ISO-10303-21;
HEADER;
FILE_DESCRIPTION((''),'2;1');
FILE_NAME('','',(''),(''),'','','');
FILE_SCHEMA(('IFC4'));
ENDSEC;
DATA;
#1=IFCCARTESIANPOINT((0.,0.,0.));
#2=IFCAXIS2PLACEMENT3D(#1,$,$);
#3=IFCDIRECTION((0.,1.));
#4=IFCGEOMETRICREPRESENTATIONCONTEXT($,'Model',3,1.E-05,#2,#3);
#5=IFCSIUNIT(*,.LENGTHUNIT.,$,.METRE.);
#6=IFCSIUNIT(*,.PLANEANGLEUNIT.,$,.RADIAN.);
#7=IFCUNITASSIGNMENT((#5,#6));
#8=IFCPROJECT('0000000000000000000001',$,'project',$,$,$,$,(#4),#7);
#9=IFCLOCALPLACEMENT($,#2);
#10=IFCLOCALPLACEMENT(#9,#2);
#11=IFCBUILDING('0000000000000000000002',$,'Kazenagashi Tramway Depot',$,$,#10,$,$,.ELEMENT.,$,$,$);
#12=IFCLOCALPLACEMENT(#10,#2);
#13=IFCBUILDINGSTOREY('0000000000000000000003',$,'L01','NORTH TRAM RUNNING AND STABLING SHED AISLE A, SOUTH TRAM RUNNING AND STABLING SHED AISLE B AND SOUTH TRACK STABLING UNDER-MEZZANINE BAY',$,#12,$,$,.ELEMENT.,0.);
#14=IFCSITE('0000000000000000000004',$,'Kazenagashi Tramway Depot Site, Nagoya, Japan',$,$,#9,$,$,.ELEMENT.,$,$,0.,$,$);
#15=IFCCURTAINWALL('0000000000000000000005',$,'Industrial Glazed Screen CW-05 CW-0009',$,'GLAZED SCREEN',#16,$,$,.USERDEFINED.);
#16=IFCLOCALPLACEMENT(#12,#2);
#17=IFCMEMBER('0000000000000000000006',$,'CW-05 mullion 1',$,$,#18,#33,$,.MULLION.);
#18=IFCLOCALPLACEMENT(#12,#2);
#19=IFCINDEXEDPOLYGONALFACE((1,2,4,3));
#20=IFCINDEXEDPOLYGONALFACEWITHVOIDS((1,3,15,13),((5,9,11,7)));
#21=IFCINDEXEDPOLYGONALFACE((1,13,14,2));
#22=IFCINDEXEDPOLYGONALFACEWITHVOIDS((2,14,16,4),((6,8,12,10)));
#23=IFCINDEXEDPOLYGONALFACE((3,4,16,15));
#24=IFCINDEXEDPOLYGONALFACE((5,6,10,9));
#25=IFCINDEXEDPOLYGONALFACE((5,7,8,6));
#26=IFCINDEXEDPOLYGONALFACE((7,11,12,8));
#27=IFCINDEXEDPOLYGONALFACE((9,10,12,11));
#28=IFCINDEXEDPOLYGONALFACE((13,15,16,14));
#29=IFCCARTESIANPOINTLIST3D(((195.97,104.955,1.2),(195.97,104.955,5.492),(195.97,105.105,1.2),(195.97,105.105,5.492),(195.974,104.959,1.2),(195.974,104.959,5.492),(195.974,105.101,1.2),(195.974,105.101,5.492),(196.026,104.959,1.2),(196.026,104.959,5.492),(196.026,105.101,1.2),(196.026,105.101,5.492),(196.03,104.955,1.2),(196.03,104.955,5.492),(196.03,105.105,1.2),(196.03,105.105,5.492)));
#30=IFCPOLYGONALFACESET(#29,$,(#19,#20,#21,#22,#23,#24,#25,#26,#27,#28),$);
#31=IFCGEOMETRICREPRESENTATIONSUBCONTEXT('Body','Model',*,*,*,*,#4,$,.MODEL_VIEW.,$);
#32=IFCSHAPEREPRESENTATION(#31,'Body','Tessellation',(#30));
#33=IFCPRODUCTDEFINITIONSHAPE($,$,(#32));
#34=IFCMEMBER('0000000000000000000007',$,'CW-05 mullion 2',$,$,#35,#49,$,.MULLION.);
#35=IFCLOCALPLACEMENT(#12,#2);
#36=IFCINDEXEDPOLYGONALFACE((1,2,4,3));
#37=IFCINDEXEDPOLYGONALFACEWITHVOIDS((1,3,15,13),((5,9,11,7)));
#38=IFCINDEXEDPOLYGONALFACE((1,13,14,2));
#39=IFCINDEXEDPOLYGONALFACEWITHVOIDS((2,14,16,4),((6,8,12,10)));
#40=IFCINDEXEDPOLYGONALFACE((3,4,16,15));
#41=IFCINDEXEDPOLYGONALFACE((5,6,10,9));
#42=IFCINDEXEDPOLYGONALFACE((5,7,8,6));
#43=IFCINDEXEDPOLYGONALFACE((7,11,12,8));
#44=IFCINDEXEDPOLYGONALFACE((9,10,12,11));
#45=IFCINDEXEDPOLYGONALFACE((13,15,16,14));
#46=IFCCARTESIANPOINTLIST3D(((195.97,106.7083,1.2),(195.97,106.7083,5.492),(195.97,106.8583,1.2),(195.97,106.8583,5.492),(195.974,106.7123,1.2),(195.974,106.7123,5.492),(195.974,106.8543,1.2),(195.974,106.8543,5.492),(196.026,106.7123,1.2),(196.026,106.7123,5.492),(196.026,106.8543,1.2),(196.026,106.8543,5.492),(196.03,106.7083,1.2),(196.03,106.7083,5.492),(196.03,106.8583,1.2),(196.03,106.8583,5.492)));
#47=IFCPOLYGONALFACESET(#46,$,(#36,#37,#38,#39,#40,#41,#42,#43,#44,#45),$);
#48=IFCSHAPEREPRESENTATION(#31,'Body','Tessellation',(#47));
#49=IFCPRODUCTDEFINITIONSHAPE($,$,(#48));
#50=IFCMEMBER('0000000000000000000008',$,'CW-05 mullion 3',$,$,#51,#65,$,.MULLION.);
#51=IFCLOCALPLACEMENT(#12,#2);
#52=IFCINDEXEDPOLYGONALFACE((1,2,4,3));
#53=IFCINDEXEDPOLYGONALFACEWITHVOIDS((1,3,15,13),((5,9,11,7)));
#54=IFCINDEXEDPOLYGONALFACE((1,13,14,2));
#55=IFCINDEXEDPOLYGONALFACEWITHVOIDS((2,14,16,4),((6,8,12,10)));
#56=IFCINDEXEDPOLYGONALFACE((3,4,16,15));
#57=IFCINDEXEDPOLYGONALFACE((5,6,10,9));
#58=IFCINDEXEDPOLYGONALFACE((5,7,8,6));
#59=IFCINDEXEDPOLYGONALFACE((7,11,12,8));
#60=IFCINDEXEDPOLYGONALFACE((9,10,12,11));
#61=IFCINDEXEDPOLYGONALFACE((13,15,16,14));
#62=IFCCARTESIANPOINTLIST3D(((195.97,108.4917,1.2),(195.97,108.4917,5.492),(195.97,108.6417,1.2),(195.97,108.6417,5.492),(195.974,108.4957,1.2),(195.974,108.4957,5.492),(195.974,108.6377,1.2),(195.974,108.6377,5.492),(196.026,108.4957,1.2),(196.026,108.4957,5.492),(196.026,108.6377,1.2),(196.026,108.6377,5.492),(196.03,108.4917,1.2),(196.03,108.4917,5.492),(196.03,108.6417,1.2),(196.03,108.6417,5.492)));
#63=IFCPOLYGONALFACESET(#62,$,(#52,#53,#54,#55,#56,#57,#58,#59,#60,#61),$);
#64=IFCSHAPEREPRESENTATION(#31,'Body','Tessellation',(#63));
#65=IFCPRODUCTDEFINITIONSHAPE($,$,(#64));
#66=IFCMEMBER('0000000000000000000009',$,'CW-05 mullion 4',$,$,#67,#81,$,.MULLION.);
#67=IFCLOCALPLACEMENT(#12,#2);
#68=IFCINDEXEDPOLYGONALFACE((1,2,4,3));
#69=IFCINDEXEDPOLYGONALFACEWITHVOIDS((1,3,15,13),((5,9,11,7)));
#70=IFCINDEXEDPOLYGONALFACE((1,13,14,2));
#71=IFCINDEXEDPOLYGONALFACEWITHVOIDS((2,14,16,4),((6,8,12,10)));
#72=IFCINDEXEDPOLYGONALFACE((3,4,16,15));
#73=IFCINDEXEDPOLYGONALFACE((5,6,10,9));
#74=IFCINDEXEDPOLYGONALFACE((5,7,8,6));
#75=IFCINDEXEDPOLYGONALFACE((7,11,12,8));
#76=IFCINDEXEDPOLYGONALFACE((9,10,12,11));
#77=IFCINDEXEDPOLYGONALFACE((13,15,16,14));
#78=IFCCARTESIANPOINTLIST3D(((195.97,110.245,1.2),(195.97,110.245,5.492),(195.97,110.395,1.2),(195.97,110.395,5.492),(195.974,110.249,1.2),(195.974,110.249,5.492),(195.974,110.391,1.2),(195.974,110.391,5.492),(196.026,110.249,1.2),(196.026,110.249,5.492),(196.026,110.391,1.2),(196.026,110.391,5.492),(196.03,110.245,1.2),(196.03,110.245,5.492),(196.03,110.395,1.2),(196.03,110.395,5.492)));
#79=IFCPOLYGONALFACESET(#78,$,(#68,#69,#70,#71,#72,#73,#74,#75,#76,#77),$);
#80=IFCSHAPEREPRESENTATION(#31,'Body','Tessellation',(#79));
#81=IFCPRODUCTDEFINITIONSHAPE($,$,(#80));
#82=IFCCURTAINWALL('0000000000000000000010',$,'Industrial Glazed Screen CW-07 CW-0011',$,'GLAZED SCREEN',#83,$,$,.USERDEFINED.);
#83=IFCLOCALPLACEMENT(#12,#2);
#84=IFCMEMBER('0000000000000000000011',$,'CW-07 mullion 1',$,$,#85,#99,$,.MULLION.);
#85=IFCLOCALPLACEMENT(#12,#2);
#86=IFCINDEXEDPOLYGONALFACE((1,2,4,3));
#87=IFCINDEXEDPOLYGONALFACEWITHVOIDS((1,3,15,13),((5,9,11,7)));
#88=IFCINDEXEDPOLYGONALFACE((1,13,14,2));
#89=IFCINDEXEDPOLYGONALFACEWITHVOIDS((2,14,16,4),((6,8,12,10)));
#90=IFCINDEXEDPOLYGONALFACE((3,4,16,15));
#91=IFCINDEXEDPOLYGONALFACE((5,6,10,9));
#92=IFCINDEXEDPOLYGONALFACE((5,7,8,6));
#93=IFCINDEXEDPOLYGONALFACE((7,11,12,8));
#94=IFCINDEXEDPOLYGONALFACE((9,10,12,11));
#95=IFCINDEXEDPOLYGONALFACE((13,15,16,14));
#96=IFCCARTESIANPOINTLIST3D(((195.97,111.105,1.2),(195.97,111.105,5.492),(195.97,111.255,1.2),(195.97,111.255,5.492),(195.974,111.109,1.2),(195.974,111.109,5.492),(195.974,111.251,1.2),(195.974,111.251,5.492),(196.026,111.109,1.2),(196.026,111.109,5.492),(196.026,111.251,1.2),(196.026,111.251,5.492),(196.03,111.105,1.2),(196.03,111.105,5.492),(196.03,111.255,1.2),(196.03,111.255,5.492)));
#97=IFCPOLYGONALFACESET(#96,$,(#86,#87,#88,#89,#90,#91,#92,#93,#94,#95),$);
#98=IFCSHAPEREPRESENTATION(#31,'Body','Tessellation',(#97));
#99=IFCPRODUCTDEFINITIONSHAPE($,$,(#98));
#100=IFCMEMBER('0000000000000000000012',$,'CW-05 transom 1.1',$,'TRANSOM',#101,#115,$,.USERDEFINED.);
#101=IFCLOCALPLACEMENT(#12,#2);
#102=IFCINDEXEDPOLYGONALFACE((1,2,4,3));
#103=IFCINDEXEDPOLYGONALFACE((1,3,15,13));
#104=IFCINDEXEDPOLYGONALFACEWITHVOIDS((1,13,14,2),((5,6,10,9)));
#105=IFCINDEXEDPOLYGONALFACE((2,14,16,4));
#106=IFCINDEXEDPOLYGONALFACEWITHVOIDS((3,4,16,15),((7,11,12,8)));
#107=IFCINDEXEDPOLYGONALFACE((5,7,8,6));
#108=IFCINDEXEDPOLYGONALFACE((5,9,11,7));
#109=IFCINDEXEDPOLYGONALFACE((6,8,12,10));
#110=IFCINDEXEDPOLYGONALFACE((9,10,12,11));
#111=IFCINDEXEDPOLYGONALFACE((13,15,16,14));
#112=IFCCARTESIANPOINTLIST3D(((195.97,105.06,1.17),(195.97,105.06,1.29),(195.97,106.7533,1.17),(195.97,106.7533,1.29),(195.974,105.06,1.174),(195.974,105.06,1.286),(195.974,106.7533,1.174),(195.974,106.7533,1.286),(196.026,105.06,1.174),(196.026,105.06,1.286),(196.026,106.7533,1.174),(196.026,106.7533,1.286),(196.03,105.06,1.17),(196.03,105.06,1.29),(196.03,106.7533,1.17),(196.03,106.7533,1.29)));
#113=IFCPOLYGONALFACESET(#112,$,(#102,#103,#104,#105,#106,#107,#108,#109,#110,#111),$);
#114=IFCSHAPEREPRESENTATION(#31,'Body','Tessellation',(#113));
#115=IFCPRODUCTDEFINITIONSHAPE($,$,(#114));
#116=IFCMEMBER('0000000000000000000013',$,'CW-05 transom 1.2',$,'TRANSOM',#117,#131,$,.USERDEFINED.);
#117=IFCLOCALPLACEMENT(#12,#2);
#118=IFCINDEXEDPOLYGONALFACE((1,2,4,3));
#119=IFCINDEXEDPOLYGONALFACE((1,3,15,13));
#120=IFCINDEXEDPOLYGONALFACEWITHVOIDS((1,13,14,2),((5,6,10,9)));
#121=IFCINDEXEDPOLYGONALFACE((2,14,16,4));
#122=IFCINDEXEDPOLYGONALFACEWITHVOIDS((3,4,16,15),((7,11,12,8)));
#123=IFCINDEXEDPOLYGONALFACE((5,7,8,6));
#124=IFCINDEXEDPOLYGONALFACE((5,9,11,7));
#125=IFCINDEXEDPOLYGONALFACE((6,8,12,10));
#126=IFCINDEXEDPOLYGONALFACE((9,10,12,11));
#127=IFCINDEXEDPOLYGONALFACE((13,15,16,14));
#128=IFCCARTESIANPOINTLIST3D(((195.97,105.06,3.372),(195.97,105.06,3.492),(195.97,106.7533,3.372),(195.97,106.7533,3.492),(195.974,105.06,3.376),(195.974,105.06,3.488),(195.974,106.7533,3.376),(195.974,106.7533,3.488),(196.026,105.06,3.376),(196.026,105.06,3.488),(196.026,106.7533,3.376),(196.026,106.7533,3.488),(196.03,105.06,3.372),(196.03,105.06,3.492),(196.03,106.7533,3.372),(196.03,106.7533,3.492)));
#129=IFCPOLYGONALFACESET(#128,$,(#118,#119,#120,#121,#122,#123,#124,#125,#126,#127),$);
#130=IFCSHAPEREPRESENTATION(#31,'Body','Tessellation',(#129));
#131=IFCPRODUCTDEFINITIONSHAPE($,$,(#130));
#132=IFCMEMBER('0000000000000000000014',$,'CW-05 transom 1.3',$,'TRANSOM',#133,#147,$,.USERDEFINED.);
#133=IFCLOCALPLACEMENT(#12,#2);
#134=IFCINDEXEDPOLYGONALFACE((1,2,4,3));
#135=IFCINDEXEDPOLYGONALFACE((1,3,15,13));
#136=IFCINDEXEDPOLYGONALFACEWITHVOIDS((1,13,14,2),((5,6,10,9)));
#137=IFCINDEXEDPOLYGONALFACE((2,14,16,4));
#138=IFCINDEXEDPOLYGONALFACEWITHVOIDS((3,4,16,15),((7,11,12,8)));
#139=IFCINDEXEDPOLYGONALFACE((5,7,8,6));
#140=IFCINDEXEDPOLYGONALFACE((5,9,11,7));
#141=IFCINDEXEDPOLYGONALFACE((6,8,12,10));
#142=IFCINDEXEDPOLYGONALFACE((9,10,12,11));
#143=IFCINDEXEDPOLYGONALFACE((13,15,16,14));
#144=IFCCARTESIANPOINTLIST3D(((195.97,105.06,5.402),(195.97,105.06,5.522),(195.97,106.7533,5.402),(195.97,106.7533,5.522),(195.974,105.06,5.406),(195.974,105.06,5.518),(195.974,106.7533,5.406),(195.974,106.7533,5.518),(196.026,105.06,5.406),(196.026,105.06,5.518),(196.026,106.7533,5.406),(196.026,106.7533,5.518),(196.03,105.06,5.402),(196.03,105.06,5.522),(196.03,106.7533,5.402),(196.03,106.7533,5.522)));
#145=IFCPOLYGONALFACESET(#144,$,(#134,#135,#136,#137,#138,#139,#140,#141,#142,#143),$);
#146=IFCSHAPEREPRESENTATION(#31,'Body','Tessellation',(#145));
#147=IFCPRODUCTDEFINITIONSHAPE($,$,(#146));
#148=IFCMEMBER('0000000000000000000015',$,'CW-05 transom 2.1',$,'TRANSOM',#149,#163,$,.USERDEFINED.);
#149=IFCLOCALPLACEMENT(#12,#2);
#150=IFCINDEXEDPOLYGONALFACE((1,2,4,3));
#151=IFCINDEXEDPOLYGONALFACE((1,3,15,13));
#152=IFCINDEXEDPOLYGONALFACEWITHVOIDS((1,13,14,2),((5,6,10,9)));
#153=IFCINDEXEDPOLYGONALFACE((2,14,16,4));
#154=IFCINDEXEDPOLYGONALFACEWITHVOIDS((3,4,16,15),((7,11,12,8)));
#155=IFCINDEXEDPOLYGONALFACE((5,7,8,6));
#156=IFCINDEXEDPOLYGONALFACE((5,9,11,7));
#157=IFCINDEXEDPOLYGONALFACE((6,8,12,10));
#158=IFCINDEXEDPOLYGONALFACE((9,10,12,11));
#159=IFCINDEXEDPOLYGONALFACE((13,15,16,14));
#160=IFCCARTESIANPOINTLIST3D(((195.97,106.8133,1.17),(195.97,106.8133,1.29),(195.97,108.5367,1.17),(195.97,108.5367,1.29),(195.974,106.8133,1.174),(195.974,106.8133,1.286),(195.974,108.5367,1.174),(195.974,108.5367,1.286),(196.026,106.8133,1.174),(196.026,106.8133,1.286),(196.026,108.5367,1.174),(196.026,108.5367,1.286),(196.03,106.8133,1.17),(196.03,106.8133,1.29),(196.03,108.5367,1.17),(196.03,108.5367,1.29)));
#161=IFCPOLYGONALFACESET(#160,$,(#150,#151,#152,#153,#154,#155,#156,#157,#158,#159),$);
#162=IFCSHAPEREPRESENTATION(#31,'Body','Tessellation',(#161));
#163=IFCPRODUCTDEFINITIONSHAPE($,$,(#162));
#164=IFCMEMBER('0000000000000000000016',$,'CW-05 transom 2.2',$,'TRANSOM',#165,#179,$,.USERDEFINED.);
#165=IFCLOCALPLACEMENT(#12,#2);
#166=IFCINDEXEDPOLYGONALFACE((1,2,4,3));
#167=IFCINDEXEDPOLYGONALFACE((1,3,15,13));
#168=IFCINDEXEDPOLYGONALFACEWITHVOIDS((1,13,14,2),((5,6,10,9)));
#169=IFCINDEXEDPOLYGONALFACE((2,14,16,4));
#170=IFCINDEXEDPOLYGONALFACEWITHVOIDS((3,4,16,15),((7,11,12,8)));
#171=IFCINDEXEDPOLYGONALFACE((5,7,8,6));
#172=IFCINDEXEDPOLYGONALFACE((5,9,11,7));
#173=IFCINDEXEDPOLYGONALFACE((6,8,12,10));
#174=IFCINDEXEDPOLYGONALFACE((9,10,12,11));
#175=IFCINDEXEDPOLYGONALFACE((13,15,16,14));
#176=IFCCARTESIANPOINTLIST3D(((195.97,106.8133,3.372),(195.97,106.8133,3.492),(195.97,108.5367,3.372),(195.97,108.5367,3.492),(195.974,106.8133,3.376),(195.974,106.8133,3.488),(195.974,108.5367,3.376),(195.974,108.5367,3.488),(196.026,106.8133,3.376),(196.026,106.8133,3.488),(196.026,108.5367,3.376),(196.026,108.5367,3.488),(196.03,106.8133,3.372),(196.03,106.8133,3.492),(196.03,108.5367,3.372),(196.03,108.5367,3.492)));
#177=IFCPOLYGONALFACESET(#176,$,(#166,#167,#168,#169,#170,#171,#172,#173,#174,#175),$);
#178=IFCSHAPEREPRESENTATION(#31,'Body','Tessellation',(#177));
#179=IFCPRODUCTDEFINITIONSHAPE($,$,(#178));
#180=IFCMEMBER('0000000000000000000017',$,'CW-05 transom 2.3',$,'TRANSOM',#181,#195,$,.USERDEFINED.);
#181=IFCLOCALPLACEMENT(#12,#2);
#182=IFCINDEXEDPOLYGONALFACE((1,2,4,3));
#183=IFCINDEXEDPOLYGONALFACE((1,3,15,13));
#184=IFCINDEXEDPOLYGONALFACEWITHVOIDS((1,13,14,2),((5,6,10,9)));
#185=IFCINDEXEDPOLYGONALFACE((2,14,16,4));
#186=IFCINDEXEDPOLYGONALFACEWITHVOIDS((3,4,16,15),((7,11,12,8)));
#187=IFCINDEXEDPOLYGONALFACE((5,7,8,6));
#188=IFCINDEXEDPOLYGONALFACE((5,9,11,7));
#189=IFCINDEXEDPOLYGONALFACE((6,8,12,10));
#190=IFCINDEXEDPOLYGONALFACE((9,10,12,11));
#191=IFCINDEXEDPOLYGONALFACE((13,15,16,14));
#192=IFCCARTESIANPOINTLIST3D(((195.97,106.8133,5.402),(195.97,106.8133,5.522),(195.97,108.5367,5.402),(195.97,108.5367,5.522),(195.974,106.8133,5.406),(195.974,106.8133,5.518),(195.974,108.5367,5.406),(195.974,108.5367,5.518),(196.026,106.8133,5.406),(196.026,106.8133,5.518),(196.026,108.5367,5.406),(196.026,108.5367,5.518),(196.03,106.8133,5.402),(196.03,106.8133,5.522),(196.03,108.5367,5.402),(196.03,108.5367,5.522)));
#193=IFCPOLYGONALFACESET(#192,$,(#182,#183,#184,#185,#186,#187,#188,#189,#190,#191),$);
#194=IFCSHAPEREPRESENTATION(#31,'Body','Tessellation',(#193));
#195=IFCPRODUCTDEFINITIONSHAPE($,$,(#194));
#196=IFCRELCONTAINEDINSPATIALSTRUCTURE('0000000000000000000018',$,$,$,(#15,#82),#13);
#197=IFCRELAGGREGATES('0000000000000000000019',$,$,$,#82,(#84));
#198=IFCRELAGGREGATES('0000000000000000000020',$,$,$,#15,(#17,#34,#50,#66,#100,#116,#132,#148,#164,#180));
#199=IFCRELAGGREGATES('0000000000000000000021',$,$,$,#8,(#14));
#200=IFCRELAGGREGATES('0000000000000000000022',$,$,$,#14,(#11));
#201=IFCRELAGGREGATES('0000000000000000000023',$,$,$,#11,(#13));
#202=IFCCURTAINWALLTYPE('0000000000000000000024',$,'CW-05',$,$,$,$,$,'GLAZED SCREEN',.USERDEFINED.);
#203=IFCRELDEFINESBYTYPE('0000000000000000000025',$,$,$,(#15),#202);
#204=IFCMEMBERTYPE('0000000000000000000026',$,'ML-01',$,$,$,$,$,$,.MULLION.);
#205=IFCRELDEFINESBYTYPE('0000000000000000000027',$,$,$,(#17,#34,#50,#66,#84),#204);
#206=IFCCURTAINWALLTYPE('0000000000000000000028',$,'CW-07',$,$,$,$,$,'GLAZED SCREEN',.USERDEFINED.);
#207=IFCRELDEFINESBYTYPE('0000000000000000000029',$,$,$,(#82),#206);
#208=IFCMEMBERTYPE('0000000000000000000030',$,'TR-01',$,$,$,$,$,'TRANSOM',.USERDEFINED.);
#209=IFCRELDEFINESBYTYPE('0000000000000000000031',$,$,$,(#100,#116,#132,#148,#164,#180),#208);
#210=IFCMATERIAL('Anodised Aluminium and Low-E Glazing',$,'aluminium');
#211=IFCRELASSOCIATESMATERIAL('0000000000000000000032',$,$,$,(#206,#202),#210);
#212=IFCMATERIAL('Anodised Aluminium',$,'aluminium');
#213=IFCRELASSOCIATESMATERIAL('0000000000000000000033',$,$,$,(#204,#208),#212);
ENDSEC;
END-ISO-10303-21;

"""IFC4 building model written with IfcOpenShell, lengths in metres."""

from ifc_helpers import new_model, si_unit, direction, frame, origin, origin_2d, place, context, subcontext, project, spatial, hollow_rectangle, extrude, material, material_profile, profile_set, type_object, element, aggregate, save


model = new_model("IFC4")

# Units and contexts
model_context = context("Model", 3, precision=1e-05, world=origin(), true_north=direction((0.0, 1.0)))
body_context = subcontext(model_context, "Body", "Model", "MODEL_VIEW")
ifc_project = project(units=[si_unit("LENGTHUNIT", "METRE"), si_unit("PLANEANGLEUNIT", "RADIAN")], contexts=[model_context])

# Site, building, storey
site_placement = place(None, origin())
site = spatial("IfcSite", under=ifc_project, at=site_placement, Name="Kazenagashi Tramway Depot Site, Nagoya, Japan", CompositionType="ELEMENT", RefElevation=0.0)
building_placement = place(site_placement, origin())
building = spatial("IfcBuilding", under=site, at=building_placement, Name="Kazenagashi Tramway Depot", CompositionType="ELEMENT")
storey_placement = place(building_placement, origin())
storey = spatial("IfcBuildingStorey", under=building, at=storey_placement, Name="L01", Description="NORTH TRAM RUNNING AND STABLING SHED AISLE A, SOUTH TRAM RUNNING AND STABLING SHED AISLE B AND SOUTH TRACK STABLING UNDER-MEZZANINE BAY", CompositionType="ELEMENT", Elevation=0.0)

# Shared definitions
ifc_material_1 = material(Name="Anodised Aluminium and Low-E Glazing", Category="aluminium")
curtain_wall_type_1 = type_object("IfcCurtainWallType", Name="CW-07", ElementType="GLAZED SCREEN", PredefinedType="USERDEFINED", material=ifc_material_1)
ifc_material_2 = material(Name="Anodised Aluminium", Category="aluminium")
ifc_material_profile_1 = material_profile(ifc_material_2, hollow_rectangle(XDim=0.06, YDim=0.15, WallThickness=0.004, at=origin_2d()), Name="RHS-150x60x4")
ifc_profile_set_1 = profile_set([ifc_material_profile_1], Name="Anodised Aluminium")
member_type_1 = type_object("IfcMemberType", Name="ML-01", PredefinedType="MULLION", material=ifc_profile_set_1)

# Curtain wall, members
curtain_wall_type_2 = type_object("IfcCurtainWallType", Name="CW-05", ElementType="GLAZED SCREEN", PredefinedType="USERDEFINED", material=ifc_material_1)
curtain_wall_1_placement = place(storey_placement, origin())
curtain_wall_1 = element("IfcCurtainWall", 1, at=curtain_wall_1_placement, inside=storey, type_object=curtain_wall_type_2, Name="Industrial Glazed Screen CW-05 CW-0009", ObjectType="GLAZED SCREEN", PredefinedType="USERDEFINED")
member_1_placement = place(storey_placement, frame((196.0, 105.03, 1.2), z_axis=(0.0, 0.0, 1.0), x_axis=(-1.0, 0.0, 0.0)))
member_1 = element("IfcMember", 2, at=member_1_placement, type_object=member_type_1, Name="CW-05 mullion 1", PredefinedType="MULLION", context=body_context, shape_type="SweptSolid", body=[
    extrude(hollow_rectangle(XDim=0.06, YDim=0.15, WallThickness=0.004, at=origin_2d()), origin(), (0.0, 0.0, 1.0), 4.292),
])
member_2_placement = place(storey_placement, frame((196.0, 106.7833, 1.2), z_axis=(0.0, 0.0, 1.0), x_axis=(-1.0, 0.0, 0.0)))
member_2 = element("IfcMember", 3, at=member_2_placement, type_object=member_type_1, Name="CW-05 mullion 2", PredefinedType="MULLION", context=body_context, shape_type="SweptSolid", body=[
    extrude(hollow_rectangle(XDim=0.06, YDim=0.15, WallThickness=0.004, at=origin_2d()), origin(), (0.0, 0.0, 1.0), 4.292),
])
member_3_placement = place(storey_placement, frame((196.0, 108.5667, 1.2), z_axis=(0.0, 0.0, 1.0), x_axis=(-1.0, 0.0, 0.0)))
member_3 = element("IfcMember", 4, at=member_3_placement, type_object=member_type_1, Name="CW-05 mullion 3", PredefinedType="MULLION", context=body_context, shape_type="SweptSolid", body=[
    extrude(hollow_rectangle(XDim=0.06, YDim=0.15, WallThickness=0.004, at=origin_2d()), origin(), (0.0, 0.0, 1.0), 4.292),
])
member_4_placement = place(storey_placement, frame((196.0, 110.32, 1.2), z_axis=(0.0, 0.0, 1.0), x_axis=(-1.0, 0.0, 0.0)))
member_4 = element("IfcMember", 5, at=member_4_placement, type_object=member_type_1, Name="CW-05 mullion 4", PredefinedType="MULLION", context=body_context, shape_type="SweptSolid", body=[
    extrude(hollow_rectangle(XDim=0.06, YDim=0.15, WallThickness=0.004, at=origin_2d()), origin(), (0.0, 0.0, 1.0), 4.292),
])

# Curtain wall, member
curtain_wall_2_placement = place(storey_placement, origin())
curtain_wall_2 = element("IfcCurtainWall", 6, at=curtain_wall_2_placement, inside=storey, type_object=curtain_wall_type_1, Name="Industrial Glazed Screen CW-07 CW-0011", ObjectType="GLAZED SCREEN", PredefinedType="USERDEFINED")
member_5_placement = place(storey_placement, frame((196.0, 111.18, 1.2), z_axis=(0.0, 0.0, 1.0), x_axis=(-1.0, 0.0, 0.0)))
member_5 = element("IfcMember", 7, at=member_5_placement, type_object=member_type_1, Name="CW-07 mullion 1", PredefinedType="MULLION", context=body_context, shape_type="SweptSolid", body=[
    extrude(hollow_rectangle(XDim=0.06, YDim=0.15, WallThickness=0.004, at=origin_2d()), origin(), (0.0, 0.0, 1.0), 4.292),
])

# Members
ifc_material_profile_2 = material_profile(ifc_material_2, hollow_rectangle(XDim=0.06, YDim=0.12, WallThickness=0.004, at=origin_2d()), Name="RHS-120x60x4")
ifc_profile_set_2 = profile_set([ifc_material_profile_2], Name="Anodised Aluminium")
member_type_2 = type_object("IfcMemberType", Name="TR-01", ElementType="TRANSOM", PredefinedType="USERDEFINED", material=ifc_profile_set_2)
member_6_placement = place(storey_placement, frame((196.0, 105.06, 1.23), z_axis=(0.0, 1.0, 0.0), x_axis=(-1.0, 0.0, 0.0)))
member_6 = element("IfcMember", 8, at=member_6_placement, type_object=member_type_2, Name="CW-05 transom 1.1", ObjectType="TRANSOM", PredefinedType="USERDEFINED", context=body_context, shape_type="SweptSolid", body=[
    extrude(hollow_rectangle(XDim=0.06, YDim=0.12, WallThickness=0.004, at=origin_2d()), origin(), (0.0, 0.0, 1.0), 1.6933),
])
member_7_placement = place(storey_placement, frame((196.0, 105.06, 3.432), z_axis=(0.0, 1.0, 0.0), x_axis=(-1.0, 0.0, 0.0)))
member_7 = element("IfcMember", 9, at=member_7_placement, type_object=member_type_2, Name="CW-05 transom 1.2", ObjectType="TRANSOM", PredefinedType="USERDEFINED", context=body_context, shape_type="SweptSolid", body=[
    extrude(hollow_rectangle(XDim=0.06, YDim=0.12, WallThickness=0.004, at=origin_2d()), origin(), (0.0, 0.0, 1.0), 1.6933),
])
member_8_placement = place(storey_placement, frame((196.0, 105.06, 5.462), z_axis=(0.0, 1.0, 0.0), x_axis=(-1.0, 0.0, 0.0)))
member_8 = element("IfcMember", 10, at=member_8_placement, type_object=member_type_2, Name="CW-05 transom 1.3", ObjectType="TRANSOM", PredefinedType="USERDEFINED", context=body_context, shape_type="SweptSolid", body=[
    extrude(hollow_rectangle(XDim=0.06, YDim=0.12, WallThickness=0.004, at=origin_2d()), origin(), (0.0, 0.0, 1.0), 1.6933),
])
member_9_placement = place(storey_placement, frame((196.0, 106.8133, 1.23), z_axis=(0.0, 1.0, 0.0), x_axis=(-1.0, 0.0, 0.0)))
member_9 = element("IfcMember", 11, at=member_9_placement, type_object=member_type_2, Name="CW-05 transom 2.1", ObjectType="TRANSOM", PredefinedType="USERDEFINED", context=body_context, shape_type="SweptSolid", body=[
    extrude(hollow_rectangle(XDim=0.06, YDim=0.12, WallThickness=0.004, at=origin_2d()), origin(), (0.0, 0.0, 1.0), 1.7233),
])
member_10_placement = place(storey_placement, frame((196.0, 106.8133, 3.432), z_axis=(0.0, 1.0, 0.0), x_axis=(-1.0, 0.0, 0.0)))
member_10 = element("IfcMember", 12, at=member_10_placement, type_object=member_type_2, Name="CW-05 transom 2.2", ObjectType="TRANSOM", PredefinedType="USERDEFINED", context=body_context, shape_type="SweptSolid", body=[
    extrude(hollow_rectangle(XDim=0.06, YDim=0.12, WallThickness=0.004, at=origin_2d()), origin(), (0.0, 0.0, 1.0), 1.7233),
])
member_11_placement = place(storey_placement, frame((196.0, 106.8133, 5.462), z_axis=(0.0, 1.0, 0.0), x_axis=(-1.0, 0.0, 0.0)))
member_11 = element("IfcMember", 13, at=member_11_placement, type_object=member_type_2, Name="CW-05 transom 2.3", ObjectType="TRANSOM", PredefinedType="USERDEFINED", context=body_context, shape_type="SweptSolid", body=[
    extrude(hollow_rectangle(XDim=0.06, YDim=0.12, WallThickness=0.004, at=origin_2d()), origin(), (0.0, 0.0, 1.0), 1.7233),
])
aggregate(curtain_wall_2, [member_5])

aggregate(curtain_wall_1, [member_1, member_2, member_3, member_4, member_6, member_7, member_8, member_9, member_10, member_11])

save(model, "model.ifc")
